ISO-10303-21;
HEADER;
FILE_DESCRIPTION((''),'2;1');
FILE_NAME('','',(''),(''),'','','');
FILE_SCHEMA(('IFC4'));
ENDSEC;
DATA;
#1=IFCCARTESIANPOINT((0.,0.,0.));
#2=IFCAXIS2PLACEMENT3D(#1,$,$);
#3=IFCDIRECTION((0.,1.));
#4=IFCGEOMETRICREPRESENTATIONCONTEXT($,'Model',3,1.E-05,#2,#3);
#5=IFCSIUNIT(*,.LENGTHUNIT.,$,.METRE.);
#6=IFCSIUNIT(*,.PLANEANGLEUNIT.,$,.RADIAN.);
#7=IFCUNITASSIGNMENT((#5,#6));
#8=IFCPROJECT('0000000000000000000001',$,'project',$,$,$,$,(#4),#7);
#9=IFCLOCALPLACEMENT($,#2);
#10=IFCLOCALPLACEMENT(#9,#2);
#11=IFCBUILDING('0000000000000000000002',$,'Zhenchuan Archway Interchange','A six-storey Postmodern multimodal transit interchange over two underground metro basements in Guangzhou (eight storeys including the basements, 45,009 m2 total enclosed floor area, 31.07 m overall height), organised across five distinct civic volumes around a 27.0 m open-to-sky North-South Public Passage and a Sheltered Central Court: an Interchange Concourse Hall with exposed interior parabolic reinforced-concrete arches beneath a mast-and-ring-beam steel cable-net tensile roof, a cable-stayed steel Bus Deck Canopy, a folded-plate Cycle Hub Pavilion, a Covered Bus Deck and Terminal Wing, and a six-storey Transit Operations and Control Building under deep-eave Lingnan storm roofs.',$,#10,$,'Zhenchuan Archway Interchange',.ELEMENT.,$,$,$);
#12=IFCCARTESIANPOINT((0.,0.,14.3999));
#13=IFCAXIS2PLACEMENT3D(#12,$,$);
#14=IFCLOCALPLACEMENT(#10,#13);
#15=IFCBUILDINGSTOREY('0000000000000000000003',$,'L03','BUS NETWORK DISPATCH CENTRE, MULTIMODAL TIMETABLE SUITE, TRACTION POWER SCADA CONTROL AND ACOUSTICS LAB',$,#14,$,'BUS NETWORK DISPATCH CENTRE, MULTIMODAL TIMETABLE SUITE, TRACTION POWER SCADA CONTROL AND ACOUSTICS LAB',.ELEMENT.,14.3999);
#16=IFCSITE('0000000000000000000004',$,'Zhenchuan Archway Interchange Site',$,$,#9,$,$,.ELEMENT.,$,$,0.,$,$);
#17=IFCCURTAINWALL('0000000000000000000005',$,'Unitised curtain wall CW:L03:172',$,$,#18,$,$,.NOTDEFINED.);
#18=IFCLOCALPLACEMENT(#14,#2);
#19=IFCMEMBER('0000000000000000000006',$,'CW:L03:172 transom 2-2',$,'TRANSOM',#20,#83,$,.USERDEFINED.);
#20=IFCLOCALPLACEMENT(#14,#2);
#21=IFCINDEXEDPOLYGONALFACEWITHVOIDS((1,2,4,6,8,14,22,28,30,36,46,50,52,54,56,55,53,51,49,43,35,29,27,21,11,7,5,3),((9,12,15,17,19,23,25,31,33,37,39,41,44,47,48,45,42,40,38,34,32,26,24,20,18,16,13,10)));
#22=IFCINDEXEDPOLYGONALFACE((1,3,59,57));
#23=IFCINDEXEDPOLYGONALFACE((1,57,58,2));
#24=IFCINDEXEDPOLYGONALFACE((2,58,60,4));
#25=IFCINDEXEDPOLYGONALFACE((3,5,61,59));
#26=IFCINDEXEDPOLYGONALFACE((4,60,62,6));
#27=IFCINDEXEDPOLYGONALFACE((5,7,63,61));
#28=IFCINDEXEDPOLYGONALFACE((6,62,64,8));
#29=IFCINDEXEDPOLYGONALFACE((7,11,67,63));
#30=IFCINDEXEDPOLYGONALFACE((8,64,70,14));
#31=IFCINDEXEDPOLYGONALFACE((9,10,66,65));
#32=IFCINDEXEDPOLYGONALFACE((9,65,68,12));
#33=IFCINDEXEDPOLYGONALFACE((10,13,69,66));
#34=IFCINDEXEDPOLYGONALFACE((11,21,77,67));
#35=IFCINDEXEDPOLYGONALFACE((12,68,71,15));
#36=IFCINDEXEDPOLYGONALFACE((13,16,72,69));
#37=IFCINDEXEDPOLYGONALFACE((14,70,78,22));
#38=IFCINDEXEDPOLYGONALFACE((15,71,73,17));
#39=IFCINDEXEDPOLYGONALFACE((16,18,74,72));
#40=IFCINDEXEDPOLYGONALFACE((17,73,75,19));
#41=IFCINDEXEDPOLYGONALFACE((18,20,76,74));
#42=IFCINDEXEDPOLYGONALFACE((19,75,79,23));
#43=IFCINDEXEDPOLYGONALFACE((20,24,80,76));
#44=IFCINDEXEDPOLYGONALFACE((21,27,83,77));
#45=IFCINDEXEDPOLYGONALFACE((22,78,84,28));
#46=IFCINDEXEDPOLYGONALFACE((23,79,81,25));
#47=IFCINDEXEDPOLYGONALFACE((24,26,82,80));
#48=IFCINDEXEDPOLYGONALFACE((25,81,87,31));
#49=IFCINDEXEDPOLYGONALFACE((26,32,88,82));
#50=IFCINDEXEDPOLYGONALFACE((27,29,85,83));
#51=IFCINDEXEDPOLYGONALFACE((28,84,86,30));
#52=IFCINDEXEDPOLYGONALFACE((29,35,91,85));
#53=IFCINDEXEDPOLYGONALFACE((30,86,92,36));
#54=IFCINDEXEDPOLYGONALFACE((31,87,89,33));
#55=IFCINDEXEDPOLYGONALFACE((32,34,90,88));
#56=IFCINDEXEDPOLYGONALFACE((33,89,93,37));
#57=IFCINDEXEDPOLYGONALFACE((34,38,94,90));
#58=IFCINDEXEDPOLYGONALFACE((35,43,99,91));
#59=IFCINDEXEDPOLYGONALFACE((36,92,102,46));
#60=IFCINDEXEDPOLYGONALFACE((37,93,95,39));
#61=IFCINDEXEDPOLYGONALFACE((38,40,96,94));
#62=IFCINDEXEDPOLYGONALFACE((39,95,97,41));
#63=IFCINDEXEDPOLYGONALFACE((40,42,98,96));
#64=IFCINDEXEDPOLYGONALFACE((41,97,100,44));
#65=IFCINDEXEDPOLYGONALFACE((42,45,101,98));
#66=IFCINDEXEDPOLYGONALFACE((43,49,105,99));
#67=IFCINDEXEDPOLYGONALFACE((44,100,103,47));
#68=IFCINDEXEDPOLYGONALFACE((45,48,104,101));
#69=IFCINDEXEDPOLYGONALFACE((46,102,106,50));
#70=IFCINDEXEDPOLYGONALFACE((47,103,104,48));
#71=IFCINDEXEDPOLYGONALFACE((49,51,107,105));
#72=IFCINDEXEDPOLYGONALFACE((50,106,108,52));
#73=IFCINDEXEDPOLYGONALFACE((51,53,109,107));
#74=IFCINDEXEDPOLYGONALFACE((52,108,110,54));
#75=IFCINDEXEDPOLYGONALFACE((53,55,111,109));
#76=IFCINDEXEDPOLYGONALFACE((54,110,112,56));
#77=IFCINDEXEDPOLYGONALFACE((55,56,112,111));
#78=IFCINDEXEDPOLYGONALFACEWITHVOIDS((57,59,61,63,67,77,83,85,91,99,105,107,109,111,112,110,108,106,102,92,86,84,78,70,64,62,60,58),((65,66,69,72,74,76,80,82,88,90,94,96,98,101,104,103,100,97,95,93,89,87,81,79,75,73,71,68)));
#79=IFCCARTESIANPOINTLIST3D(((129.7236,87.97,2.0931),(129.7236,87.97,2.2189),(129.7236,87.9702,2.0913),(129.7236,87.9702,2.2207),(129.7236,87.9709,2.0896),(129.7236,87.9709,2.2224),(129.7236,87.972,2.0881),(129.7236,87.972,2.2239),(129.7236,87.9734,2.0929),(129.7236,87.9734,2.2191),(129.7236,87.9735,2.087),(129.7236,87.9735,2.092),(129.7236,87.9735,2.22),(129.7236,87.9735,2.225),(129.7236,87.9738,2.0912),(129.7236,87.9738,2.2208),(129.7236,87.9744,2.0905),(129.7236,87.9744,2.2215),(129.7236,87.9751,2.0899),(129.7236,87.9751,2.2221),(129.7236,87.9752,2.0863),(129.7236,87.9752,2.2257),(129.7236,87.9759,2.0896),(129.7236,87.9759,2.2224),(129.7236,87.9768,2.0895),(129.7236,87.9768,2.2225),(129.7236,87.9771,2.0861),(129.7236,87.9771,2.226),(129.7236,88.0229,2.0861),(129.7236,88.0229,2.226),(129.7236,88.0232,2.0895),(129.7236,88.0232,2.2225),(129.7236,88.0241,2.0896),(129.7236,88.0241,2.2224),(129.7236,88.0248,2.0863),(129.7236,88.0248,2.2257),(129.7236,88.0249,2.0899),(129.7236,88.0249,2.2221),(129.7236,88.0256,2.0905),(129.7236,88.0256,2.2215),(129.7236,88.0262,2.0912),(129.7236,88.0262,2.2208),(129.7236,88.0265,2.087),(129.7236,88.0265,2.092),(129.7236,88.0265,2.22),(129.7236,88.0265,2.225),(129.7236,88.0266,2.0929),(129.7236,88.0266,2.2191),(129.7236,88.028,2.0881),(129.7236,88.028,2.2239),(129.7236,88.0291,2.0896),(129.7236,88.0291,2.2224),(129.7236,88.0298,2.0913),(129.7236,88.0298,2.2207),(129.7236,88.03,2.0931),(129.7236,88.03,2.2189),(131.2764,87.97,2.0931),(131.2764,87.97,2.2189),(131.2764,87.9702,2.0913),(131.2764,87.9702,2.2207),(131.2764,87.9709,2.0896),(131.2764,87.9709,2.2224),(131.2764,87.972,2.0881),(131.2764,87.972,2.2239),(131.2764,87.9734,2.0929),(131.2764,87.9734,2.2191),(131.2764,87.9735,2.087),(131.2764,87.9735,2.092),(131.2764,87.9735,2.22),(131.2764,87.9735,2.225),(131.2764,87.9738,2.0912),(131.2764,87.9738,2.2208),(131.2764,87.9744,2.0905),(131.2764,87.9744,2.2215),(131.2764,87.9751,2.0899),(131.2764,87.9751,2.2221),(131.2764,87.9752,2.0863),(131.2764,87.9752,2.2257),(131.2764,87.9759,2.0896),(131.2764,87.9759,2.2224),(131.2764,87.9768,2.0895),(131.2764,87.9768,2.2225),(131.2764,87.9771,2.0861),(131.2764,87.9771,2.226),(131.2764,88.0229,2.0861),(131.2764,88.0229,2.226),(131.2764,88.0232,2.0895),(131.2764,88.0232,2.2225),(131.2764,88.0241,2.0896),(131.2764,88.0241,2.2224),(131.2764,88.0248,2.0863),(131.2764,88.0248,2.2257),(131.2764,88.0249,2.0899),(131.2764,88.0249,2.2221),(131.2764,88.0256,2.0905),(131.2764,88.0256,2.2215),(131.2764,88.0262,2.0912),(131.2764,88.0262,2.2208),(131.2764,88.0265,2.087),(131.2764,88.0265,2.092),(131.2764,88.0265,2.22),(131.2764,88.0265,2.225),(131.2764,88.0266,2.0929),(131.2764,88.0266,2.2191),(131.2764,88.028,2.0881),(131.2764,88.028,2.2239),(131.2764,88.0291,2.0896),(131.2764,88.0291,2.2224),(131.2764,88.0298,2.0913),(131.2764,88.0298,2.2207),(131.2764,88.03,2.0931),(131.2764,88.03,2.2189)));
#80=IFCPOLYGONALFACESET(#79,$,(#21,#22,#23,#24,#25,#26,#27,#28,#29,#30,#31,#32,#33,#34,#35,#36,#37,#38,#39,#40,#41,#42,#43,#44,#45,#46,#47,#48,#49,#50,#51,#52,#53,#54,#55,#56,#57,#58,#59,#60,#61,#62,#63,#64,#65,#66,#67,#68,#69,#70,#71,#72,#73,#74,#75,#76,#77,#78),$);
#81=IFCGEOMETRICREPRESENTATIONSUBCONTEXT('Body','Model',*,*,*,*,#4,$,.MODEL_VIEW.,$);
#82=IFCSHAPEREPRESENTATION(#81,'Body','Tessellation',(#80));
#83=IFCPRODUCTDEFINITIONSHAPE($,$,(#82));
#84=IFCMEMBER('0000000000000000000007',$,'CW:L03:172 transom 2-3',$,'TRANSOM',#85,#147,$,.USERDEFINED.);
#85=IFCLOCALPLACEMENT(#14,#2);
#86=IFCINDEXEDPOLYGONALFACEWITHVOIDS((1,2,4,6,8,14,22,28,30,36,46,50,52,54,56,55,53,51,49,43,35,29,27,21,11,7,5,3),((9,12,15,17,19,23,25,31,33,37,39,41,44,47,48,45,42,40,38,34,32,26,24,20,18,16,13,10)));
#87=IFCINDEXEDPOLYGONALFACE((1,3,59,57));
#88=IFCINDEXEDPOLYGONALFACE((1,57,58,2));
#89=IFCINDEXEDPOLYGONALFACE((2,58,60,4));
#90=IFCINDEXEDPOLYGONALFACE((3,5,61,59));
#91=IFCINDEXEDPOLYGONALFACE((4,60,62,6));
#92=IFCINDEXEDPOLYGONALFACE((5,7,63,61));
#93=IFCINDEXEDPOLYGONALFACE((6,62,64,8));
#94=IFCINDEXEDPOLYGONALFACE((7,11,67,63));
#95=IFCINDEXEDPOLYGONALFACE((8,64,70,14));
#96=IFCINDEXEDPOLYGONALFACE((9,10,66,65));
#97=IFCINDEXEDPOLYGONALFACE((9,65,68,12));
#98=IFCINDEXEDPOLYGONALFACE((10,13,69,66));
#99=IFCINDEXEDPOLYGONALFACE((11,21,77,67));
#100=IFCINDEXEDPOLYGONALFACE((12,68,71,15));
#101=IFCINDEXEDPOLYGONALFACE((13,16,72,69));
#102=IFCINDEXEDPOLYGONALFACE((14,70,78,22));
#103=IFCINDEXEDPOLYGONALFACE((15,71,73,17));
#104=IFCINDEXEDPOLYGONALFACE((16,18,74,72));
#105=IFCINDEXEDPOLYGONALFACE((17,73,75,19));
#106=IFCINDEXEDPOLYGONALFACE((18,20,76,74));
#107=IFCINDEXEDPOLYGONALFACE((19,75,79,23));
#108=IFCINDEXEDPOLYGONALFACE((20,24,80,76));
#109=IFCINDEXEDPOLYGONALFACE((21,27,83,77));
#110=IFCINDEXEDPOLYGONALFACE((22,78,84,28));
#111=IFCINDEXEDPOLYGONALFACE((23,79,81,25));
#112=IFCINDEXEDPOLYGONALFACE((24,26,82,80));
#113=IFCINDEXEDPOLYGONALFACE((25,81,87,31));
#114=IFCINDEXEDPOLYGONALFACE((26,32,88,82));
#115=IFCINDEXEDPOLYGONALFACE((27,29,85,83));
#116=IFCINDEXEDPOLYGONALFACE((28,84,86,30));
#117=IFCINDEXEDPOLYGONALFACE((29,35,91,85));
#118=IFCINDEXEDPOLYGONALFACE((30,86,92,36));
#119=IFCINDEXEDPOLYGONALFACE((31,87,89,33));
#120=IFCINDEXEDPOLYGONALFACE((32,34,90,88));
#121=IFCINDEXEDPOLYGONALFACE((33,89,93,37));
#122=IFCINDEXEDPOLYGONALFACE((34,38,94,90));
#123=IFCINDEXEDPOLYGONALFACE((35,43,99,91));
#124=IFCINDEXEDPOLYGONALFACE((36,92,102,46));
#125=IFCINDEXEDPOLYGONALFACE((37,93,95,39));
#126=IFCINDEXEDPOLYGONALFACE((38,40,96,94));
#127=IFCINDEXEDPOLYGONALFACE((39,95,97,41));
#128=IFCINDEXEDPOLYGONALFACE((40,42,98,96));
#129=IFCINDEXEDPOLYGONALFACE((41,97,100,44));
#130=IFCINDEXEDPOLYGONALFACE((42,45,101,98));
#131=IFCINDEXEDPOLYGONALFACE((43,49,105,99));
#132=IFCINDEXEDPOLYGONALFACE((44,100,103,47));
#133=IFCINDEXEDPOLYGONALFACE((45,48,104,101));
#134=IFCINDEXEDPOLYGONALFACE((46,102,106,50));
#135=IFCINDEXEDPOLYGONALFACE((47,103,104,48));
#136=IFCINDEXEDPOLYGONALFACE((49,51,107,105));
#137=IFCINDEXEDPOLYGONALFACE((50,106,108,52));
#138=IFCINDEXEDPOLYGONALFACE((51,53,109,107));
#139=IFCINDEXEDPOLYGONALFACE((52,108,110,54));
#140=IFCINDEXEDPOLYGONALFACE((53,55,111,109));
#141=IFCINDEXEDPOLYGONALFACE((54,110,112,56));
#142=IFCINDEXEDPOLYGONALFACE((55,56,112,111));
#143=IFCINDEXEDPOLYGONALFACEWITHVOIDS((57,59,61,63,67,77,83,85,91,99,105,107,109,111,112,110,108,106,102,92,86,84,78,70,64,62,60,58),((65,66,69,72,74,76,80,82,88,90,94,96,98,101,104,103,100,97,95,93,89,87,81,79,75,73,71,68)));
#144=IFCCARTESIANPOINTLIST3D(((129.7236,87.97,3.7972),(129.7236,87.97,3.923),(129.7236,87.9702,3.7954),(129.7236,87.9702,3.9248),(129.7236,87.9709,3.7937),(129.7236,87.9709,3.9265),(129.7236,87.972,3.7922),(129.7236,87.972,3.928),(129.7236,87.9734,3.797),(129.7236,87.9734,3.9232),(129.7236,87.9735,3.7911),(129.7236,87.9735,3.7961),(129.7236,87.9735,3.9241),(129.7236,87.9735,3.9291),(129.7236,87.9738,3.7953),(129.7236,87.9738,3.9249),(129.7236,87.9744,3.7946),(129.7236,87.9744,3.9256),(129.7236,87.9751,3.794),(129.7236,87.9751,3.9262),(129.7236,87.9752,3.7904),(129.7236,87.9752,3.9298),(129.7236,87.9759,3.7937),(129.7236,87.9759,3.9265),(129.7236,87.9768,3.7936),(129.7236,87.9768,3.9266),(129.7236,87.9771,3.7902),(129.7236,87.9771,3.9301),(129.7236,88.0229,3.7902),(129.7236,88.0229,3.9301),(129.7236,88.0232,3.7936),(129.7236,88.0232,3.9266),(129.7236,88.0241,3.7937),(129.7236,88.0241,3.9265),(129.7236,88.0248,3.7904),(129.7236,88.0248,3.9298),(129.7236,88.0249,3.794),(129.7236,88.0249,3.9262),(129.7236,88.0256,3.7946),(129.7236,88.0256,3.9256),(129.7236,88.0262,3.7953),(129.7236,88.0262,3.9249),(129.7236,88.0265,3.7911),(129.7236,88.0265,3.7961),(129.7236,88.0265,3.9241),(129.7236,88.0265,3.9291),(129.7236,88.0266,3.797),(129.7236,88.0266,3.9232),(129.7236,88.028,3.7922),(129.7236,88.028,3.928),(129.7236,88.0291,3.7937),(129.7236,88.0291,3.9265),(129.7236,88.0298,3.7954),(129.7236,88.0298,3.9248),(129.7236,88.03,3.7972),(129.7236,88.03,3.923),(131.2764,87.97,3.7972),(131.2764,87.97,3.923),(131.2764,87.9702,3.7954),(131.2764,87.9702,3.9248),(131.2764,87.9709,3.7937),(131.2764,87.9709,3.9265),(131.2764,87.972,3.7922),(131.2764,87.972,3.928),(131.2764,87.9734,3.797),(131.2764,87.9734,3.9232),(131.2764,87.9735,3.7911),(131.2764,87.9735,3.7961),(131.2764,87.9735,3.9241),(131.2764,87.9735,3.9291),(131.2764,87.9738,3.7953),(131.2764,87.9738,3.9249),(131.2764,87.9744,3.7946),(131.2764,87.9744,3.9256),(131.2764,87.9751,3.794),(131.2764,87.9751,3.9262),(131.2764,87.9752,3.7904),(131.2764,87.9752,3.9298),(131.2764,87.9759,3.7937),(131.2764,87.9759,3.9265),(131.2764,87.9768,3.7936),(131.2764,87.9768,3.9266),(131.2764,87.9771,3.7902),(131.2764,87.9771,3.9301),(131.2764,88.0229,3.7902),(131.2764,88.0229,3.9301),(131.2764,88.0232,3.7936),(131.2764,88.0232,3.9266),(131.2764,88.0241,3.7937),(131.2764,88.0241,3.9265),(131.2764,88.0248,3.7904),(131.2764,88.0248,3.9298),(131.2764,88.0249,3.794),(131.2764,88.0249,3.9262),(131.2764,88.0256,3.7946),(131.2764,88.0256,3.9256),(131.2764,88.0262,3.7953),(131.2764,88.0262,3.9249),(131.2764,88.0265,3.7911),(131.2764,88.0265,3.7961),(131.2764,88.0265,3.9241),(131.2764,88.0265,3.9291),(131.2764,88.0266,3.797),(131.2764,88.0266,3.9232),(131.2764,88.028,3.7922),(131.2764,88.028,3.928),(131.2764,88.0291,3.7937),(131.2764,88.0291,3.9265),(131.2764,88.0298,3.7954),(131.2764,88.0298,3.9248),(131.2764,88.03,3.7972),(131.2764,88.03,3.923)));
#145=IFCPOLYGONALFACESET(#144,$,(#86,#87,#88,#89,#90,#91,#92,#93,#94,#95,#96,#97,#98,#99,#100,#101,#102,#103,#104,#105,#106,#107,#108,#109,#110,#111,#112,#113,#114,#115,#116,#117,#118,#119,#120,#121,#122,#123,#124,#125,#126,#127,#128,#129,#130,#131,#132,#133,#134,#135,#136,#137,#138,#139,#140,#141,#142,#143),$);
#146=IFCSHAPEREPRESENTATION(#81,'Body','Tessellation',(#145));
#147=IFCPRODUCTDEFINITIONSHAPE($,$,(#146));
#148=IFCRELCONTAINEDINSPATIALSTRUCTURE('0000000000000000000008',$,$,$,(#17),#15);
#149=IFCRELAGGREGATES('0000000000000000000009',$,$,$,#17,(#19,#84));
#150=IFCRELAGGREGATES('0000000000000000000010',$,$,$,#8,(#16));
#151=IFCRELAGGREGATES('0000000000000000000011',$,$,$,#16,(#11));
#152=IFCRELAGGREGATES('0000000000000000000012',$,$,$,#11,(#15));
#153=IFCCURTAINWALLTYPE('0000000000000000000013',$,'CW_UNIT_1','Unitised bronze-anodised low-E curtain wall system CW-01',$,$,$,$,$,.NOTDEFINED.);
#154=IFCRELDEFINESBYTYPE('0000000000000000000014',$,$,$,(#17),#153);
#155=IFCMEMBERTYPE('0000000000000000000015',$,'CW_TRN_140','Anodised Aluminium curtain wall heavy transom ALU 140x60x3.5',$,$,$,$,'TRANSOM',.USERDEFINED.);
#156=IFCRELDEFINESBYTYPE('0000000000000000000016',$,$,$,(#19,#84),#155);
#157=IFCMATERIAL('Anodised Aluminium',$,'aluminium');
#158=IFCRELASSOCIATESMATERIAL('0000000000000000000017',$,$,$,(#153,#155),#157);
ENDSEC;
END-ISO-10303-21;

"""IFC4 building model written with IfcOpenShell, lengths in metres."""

from ifc_helpers import new_model, si_unit, direction, frame, origin, origin_2d, place, context, subcontext, project, spatial, hollow_rectangle, extrude, material, material_profile, profile_set, type_object, element, aggregate, save


model = new_model("IFC4")

# Units and contexts
model_context = context("Model", 3, precision=1e-05, world=origin(), true_north=direction((0.0, 1.0)))
body_context = subcontext(model_context, "Body", "Model", "MODEL_VIEW")
ifc_project = project(units=[si_unit("LENGTHUNIT", "METRE"), si_unit("PLANEANGLEUNIT", "RADIAN")], contexts=[model_context])

# Site, building, storey
site_placement = place(None, origin())
site = spatial("IfcSite", under=ifc_project, at=site_placement, Name="Zhenchuan Archway Interchange Site", CompositionType="ELEMENT", RefElevation=0.0)
building_placement = place(site_placement, origin())
building = spatial("IfcBuilding", under=site, at=building_placement, Name="Zhenchuan Archway Interchange", Description="A six-storey Postmodern multimodal transit interchange over two underground metro basements in Guangzhou (eight storeys including the basements, 45,009 m2 total enclosed floor area, 31.07 m overall height), organised across five distinct civic volumes around a 27.0 m open-to-sky North-South Public Passage and a Sheltered Central Court: an Interchange Concourse Hall with exposed interior parabolic reinforced-concrete arches beneath a mast-and-ring-beam steel cable-net tensile roof, a cable-stayed steel Bus Deck Canopy, a folded-plate Cycle Hub Pavilion, a Covered Bus Deck and Terminal Wing, and a six-storey Transit Operations and Control Building under deep-eave Lingnan storm roofs.", LongName="Zhenchuan Archway Interchange", CompositionType="ELEMENT")
storey_placement = place(building_placement, frame((0.0, 0.0, 14.3999)))
storey = spatial("IfcBuildingStorey", under=building, at=storey_placement, Name="L03", Description="BUS NETWORK DISPATCH CENTRE, MULTIMODAL TIMETABLE SUITE, TRACTION POWER SCADA CONTROL AND ACOUSTICS LAB", LongName="BUS NETWORK DISPATCH CENTRE, MULTIMODAL TIMETABLE SUITE, TRACTION POWER SCADA CONTROL AND ACOUSTICS LAB", CompositionType="ELEMENT", Elevation=14.3999)

# Curtain wall
ifc_material_1 = material(Name="Anodised Aluminium", Category="aluminium")
curtain_wall_type_1 = type_object("IfcCurtainWallType", Name="CW_UNIT_1", Description="Unitised bronze-anodised low-E curtain wall system CW-01", PredefinedType="NOTDEFINED", material=ifc_material_1)
curtain_wall_1_placement = place(storey_placement, origin())
curtain_wall_1 = element("IfcCurtainWall", 1, at=curtain_wall_1_placement, inside=storey, type_object=curtain_wall_type_1, Name="Unitised curtain wall CW:L03:172", PredefinedType="NOTDEFINED")

# Members
ifc_material_profile_1 = material_profile(ifc_material_1, hollow_rectangle(XDim=0.0601, YDim=0.1399, WallThickness=0.0034, InnerFilletRadius=0.0034, OuterFilletRadius=0.0071, at=origin_2d()), Name="ALU 140x60x3.5")
ifc_profile_set_1 = profile_set([ifc_material_profile_1], Name="Anodised Aluminium")
member_type_1 = type_object("IfcMemberType", Name="CW_TRN_140", Description="Anodised Aluminium curtain wall heavy transom ALU 140x60x3.5", ElementType="TRANSOM", PredefinedType="USERDEFINED", material=ifc_profile_set_1)
member_1_placement = place(storey_placement, frame((131.2764, 88.0, 2.156), z_axis=(-1.0, 0.0, 0.0), x_axis=(0.0, -1.0, 0.0)))
member_1 = element("IfcMember", 2, at=member_1_placement, type_object=member_type_1, Name="CW:L03:172 transom 2-2", ObjectType="TRANSOM", PredefinedType="USERDEFINED", context=body_context, shape_type="SweptSolid", body=[
    extrude(hollow_rectangle(XDim=0.0601, YDim=0.1399, WallThickness=0.0034, InnerFilletRadius=0.0034, OuterFilletRadius=0.0071, at=origin_2d()), origin(), (0.0, 0.0, 1.0), 1.5527),
])
member_2_placement = place(storey_placement, frame((131.2764, 88.0, 3.8601), z_axis=(-1.0, 0.0, 0.0), x_axis=(0.0, -1.0, 0.0)))
member_2 = element("IfcMember", 3, at=member_2_placement, type_object=member_type_1, Name="CW:L03:172 transom 2-3", ObjectType="TRANSOM", PredefinedType="USERDEFINED", context=body_context, shape_type="SweptSolid", body=[
    extrude(hollow_rectangle(XDim=0.0601, YDim=0.1399, WallThickness=0.0034, InnerFilletRadius=0.0034, OuterFilletRadius=0.0071, at=origin_2d()), origin(), (0.0, 0.0, 1.0), 1.5527),
])

aggregate(curtain_wall_1, [member_1, member_2])

save(model, "model.ifc")
